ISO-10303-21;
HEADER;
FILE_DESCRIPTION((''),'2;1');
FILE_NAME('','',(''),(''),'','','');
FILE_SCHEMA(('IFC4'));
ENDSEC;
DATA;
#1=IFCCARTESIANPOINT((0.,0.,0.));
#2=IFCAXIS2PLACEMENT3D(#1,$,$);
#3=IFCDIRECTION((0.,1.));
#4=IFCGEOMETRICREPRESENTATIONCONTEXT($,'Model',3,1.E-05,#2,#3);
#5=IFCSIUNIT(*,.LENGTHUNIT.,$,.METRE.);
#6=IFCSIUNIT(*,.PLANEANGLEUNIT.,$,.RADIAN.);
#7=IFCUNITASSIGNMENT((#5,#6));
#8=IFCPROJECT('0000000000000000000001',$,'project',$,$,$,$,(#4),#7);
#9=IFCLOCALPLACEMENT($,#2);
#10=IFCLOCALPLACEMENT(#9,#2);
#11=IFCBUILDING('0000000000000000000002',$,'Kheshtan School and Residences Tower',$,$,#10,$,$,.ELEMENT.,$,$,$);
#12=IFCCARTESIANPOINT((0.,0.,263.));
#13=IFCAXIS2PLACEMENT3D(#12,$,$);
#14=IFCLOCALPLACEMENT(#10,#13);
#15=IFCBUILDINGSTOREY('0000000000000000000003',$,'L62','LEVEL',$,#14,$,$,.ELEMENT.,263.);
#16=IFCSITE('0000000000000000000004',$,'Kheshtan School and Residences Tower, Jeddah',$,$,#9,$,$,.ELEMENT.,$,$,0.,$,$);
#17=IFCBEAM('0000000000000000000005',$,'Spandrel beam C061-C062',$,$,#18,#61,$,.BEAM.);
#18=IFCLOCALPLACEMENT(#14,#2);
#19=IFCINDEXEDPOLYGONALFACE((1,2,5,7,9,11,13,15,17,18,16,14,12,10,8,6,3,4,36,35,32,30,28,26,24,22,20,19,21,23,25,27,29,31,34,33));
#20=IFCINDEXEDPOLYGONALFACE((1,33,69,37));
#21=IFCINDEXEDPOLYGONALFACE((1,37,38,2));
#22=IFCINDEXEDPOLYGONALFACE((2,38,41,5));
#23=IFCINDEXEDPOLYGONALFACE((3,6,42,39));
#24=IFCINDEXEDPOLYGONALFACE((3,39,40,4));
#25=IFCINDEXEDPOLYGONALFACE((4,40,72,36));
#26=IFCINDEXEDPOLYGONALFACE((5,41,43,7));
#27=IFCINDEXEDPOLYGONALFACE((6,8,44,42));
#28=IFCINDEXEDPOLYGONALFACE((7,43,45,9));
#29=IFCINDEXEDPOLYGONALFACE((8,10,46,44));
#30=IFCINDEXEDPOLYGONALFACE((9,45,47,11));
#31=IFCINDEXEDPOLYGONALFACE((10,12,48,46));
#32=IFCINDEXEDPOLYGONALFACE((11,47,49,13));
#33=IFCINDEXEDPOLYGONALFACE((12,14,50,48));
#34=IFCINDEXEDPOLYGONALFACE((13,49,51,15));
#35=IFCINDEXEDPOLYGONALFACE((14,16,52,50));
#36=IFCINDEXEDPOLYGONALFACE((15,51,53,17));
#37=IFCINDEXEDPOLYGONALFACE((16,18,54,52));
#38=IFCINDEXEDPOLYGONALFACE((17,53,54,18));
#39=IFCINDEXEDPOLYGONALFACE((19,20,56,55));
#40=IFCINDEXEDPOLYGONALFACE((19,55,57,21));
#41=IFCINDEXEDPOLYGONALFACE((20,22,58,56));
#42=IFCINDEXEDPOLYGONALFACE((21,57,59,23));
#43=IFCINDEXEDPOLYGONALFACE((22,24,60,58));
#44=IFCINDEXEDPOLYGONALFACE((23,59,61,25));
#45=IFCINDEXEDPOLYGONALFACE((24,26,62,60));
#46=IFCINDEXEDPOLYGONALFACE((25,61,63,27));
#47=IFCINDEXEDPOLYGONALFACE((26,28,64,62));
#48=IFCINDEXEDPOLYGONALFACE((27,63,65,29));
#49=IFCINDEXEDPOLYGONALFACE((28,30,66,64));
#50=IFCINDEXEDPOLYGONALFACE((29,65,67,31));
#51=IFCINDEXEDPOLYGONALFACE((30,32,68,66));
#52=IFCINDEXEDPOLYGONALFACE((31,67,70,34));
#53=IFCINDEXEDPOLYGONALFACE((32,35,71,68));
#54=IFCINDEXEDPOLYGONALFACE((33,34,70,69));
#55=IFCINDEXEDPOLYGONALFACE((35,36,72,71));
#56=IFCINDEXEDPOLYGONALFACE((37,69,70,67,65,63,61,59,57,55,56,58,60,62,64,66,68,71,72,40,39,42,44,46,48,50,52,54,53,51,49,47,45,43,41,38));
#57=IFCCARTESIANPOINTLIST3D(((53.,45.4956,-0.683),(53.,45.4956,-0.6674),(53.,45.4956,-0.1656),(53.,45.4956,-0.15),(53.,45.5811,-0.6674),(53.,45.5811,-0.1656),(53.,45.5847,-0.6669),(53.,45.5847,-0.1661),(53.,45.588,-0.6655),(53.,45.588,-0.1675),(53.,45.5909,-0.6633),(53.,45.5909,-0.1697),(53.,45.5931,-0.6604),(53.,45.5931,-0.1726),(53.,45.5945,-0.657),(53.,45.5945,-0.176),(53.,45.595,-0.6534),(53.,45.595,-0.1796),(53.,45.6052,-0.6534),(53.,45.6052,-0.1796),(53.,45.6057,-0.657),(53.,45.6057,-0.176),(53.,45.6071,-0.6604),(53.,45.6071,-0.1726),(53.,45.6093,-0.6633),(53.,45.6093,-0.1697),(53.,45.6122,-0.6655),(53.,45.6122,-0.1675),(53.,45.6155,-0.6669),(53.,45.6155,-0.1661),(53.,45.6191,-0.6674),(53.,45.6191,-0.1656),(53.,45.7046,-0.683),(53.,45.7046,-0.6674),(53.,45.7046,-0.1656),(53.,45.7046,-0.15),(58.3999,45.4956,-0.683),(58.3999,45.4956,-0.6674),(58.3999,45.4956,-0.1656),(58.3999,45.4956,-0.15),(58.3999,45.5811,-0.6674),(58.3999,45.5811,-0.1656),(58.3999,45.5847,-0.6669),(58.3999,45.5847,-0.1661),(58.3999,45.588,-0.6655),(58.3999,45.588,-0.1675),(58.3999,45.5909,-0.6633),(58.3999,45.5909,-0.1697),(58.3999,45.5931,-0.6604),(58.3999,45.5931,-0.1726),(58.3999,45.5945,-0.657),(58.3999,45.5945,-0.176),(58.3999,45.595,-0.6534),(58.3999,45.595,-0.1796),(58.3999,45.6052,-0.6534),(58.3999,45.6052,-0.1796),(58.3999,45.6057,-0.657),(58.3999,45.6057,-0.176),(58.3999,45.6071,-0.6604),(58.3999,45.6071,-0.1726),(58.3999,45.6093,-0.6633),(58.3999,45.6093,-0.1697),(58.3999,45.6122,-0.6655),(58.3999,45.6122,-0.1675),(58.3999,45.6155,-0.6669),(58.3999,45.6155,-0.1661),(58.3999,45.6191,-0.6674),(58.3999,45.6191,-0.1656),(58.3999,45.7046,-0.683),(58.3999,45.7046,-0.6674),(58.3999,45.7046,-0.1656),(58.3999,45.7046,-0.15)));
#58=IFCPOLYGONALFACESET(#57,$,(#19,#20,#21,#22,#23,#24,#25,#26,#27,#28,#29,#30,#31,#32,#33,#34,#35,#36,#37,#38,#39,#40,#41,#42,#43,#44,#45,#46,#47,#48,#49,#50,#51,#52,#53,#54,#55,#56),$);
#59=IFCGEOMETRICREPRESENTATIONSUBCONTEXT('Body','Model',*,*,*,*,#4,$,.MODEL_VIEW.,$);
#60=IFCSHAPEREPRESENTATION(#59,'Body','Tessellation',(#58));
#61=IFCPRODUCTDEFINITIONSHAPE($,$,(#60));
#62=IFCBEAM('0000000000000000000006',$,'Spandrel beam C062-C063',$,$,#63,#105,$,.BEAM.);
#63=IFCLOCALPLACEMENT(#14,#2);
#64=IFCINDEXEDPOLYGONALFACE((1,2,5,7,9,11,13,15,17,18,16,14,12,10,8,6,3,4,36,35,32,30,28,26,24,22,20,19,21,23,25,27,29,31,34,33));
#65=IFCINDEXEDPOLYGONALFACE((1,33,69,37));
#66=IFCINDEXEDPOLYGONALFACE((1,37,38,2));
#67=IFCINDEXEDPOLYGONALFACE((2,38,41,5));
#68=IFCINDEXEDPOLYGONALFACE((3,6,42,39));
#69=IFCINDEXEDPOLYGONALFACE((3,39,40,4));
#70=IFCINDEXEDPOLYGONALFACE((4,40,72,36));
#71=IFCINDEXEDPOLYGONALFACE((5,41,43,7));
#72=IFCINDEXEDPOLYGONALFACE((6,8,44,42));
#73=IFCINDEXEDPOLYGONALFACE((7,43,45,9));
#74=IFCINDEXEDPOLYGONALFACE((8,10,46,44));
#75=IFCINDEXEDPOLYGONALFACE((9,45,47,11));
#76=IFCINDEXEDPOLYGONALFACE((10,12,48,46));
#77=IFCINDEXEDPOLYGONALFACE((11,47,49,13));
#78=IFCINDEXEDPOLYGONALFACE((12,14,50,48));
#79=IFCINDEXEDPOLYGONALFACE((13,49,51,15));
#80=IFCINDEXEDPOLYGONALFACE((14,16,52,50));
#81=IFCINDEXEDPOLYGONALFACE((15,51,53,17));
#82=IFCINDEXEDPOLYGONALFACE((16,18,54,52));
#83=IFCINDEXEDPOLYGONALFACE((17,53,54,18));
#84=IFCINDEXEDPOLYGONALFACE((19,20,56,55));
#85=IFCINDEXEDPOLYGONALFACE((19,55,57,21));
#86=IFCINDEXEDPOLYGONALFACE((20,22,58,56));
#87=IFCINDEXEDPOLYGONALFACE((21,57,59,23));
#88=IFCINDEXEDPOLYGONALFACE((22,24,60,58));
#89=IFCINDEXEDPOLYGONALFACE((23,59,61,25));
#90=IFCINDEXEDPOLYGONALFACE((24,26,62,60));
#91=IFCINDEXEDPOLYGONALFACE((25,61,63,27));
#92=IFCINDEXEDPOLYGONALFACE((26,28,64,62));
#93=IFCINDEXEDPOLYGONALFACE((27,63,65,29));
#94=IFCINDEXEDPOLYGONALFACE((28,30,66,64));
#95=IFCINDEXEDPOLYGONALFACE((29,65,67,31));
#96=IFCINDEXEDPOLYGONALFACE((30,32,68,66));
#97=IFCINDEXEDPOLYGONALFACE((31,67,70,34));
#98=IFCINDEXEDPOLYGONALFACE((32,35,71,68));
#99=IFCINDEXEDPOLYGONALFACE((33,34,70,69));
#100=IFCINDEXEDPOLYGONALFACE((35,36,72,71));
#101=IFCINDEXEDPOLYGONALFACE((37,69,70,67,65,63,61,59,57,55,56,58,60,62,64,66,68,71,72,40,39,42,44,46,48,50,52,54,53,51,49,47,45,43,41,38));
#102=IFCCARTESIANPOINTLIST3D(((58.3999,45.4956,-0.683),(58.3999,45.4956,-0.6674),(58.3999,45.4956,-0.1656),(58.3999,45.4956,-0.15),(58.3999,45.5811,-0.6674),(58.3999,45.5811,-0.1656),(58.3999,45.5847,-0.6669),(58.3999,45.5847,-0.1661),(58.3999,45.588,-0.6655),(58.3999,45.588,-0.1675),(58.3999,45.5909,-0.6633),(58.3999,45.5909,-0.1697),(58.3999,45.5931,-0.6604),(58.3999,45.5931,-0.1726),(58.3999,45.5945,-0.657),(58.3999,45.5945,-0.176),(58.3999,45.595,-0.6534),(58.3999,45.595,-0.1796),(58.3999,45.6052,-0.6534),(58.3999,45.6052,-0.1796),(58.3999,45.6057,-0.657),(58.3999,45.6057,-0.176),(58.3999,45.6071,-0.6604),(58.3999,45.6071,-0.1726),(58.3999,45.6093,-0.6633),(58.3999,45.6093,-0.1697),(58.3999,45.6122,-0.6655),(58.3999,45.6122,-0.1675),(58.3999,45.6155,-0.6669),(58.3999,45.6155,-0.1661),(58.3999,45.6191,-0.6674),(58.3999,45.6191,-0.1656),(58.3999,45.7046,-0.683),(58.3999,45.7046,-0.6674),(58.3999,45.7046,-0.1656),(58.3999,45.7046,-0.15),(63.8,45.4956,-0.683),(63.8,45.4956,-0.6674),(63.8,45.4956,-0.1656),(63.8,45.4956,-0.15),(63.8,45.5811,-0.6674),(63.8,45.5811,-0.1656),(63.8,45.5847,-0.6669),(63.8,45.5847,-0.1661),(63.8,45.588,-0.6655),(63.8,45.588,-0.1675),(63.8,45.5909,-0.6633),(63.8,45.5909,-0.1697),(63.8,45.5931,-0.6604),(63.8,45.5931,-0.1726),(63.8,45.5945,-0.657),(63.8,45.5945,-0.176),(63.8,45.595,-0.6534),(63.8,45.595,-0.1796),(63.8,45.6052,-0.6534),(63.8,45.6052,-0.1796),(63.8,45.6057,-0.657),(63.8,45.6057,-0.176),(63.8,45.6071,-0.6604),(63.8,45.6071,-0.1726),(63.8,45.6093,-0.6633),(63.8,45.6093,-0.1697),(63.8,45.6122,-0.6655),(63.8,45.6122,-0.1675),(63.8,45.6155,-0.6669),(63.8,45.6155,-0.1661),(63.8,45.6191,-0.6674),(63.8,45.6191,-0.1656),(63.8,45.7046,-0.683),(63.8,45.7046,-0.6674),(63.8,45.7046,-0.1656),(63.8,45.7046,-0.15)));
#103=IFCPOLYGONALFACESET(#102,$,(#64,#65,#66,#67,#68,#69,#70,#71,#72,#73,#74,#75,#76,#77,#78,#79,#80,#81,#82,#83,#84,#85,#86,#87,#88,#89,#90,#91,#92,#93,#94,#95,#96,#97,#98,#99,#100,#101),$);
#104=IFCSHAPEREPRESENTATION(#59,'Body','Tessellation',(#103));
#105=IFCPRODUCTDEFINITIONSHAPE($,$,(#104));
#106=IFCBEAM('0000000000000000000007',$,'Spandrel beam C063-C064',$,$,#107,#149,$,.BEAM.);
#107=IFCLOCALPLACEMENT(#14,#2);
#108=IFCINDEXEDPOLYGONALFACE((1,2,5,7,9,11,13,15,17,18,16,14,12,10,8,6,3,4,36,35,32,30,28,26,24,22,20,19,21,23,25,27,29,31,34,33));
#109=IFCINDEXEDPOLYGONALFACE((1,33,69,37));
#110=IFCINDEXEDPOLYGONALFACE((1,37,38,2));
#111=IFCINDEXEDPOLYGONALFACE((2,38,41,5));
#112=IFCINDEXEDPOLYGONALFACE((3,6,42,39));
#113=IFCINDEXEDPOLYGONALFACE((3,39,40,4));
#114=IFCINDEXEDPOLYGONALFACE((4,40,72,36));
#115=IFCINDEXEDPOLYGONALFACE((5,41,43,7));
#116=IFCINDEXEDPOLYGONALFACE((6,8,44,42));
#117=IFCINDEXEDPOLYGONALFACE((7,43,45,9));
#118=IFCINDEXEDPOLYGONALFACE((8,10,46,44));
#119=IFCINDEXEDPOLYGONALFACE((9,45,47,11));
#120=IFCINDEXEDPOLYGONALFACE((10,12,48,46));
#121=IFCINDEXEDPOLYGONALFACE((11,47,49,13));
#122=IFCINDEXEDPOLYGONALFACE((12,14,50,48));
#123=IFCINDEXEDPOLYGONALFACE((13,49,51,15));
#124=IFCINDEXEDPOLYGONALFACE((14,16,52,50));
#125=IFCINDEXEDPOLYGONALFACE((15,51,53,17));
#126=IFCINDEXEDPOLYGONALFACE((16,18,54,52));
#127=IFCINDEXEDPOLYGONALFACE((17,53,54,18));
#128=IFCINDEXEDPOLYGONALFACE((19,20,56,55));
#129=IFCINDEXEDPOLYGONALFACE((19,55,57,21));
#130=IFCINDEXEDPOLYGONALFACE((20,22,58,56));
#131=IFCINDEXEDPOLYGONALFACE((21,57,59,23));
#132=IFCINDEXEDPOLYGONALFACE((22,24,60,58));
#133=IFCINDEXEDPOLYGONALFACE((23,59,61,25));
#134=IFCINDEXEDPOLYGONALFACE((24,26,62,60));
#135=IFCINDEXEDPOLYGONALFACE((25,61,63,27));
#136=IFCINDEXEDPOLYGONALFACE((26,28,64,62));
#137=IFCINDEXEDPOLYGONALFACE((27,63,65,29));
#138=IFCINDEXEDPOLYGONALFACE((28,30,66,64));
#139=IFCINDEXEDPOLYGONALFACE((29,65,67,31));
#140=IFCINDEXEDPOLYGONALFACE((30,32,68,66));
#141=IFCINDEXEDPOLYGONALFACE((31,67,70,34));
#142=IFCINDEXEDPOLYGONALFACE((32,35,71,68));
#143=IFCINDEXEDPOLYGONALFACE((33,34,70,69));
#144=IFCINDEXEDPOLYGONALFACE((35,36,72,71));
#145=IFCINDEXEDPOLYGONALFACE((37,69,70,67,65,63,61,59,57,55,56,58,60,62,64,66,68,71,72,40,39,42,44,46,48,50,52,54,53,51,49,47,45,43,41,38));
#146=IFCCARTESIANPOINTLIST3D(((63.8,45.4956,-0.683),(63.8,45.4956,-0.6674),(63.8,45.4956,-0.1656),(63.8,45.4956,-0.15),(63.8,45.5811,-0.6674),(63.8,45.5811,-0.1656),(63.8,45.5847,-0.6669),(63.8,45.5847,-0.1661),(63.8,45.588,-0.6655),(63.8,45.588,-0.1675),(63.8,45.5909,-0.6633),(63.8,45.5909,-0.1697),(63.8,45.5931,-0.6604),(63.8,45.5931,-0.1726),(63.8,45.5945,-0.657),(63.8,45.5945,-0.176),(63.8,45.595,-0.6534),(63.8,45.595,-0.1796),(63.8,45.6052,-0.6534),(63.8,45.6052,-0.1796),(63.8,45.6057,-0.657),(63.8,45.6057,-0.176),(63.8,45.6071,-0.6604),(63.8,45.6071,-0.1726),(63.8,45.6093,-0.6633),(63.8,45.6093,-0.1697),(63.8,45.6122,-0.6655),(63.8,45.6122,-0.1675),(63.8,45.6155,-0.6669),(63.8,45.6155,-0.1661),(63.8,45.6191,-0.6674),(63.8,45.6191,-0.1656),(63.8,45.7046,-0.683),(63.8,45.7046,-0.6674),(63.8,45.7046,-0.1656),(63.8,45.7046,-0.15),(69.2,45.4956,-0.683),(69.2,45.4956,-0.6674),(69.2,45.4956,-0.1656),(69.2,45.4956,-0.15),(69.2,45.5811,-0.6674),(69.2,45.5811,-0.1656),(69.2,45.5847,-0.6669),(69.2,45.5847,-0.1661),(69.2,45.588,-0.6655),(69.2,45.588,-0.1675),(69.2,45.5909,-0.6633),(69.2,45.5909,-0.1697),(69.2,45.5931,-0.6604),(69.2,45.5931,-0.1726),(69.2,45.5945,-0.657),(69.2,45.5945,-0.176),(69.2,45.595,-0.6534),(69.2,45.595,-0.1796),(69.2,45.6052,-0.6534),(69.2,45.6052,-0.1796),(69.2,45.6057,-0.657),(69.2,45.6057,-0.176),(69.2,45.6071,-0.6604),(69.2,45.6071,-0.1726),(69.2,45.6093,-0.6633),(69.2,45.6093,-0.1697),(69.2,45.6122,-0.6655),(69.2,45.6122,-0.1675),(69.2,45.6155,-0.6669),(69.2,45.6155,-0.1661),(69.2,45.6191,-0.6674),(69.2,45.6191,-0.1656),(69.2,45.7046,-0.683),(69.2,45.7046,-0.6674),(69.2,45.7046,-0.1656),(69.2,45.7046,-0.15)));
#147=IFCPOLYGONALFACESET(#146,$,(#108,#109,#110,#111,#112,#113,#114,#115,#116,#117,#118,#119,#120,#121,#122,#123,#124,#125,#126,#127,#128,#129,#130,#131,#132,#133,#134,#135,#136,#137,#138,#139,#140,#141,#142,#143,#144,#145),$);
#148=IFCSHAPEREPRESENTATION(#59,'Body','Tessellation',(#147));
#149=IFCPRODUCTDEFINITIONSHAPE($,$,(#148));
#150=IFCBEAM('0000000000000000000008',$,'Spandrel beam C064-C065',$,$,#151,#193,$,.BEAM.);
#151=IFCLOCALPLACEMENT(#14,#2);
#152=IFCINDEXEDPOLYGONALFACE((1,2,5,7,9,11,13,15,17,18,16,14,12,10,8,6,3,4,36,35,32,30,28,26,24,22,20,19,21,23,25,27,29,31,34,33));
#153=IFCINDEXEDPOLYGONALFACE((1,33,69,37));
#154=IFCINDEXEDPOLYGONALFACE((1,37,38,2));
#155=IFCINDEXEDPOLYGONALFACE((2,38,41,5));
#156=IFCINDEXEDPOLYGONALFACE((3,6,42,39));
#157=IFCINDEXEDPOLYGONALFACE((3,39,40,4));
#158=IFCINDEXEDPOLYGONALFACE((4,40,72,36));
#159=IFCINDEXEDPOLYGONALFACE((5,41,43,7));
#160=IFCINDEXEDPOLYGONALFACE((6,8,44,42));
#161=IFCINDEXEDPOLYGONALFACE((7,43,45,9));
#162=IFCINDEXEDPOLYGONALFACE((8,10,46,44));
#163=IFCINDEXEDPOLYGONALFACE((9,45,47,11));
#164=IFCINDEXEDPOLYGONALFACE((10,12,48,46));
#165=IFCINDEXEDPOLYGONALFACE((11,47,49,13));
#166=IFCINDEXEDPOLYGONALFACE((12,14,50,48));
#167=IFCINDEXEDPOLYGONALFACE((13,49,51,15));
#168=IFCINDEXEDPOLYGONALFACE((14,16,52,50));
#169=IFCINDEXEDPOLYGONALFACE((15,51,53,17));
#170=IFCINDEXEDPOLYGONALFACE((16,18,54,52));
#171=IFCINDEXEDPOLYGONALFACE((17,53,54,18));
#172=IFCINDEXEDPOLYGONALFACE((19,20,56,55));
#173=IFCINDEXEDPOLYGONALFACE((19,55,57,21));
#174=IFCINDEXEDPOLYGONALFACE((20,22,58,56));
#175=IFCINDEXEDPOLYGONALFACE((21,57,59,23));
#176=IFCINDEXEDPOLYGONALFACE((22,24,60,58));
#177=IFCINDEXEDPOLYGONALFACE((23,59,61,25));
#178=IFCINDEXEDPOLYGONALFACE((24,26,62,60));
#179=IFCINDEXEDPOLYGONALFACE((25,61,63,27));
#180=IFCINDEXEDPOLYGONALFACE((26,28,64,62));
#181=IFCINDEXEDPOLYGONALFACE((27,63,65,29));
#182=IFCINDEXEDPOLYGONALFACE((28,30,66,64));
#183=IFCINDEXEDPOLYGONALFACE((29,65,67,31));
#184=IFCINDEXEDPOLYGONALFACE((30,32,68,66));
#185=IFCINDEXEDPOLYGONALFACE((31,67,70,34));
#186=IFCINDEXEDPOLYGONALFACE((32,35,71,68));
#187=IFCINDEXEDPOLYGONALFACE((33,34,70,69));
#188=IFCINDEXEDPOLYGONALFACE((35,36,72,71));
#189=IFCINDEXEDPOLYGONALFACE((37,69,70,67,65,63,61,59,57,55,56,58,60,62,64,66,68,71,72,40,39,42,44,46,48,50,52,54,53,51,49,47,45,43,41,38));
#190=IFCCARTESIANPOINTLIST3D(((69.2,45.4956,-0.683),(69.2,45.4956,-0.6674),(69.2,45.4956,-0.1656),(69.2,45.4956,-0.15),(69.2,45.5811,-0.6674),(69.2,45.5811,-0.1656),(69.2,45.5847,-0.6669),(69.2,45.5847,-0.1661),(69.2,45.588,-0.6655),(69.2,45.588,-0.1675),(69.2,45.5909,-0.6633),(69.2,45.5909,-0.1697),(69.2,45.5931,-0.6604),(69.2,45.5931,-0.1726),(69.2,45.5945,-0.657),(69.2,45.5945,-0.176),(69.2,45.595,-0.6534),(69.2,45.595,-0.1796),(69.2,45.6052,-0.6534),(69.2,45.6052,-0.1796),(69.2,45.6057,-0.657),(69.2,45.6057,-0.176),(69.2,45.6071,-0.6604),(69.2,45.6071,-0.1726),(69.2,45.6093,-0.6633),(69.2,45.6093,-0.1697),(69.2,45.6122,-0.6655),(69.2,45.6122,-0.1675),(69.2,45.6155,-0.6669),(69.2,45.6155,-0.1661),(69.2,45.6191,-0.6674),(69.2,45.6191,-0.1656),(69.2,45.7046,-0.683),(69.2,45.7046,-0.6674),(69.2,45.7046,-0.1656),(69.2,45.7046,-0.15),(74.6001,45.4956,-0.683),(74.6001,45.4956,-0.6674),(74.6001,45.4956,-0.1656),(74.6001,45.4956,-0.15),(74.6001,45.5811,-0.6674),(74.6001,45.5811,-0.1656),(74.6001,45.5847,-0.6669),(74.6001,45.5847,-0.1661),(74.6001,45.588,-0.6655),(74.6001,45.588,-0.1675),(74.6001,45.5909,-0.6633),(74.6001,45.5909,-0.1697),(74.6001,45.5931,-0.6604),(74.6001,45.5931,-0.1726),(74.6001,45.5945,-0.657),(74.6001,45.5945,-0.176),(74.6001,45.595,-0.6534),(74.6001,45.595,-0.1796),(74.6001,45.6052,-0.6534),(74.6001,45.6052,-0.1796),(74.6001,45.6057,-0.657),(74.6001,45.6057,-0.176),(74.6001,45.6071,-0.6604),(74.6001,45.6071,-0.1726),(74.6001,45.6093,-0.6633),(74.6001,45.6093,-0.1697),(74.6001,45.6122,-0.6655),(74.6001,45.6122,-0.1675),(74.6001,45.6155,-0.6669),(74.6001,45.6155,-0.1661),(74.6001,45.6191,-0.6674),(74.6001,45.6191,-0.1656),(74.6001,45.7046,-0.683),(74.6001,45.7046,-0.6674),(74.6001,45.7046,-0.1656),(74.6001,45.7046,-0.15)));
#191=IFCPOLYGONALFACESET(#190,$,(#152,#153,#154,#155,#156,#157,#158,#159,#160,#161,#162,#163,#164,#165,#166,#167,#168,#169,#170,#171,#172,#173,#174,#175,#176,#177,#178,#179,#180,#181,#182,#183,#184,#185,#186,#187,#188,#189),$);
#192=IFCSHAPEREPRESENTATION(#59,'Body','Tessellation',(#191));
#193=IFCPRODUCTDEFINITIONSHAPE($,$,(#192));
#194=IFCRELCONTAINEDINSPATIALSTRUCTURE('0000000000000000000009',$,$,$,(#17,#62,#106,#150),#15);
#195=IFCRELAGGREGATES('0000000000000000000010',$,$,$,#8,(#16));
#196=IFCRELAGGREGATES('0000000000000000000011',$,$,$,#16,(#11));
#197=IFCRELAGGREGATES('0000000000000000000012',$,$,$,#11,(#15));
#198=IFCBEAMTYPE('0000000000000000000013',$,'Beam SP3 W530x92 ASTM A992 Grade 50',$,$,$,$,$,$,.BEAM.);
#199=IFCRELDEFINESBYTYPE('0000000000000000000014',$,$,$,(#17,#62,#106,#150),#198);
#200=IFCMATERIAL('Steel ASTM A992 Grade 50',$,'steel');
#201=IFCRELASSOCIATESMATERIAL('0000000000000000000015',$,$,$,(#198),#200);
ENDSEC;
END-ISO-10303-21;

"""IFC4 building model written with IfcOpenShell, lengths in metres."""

from ifc_helpers import new_model, si_unit, direction, frame, origin, origin_2d, place, context, subcontext, project, spatial, i_section, extrude, material, material_profile, profile_set, type_object, element, save


model = new_model("IFC4")

# Units and contexts
model_context = context("Model", 3, precision=1e-05, world=origin(), true_north=direction((0.0, 1.0)))
body_context = subcontext(model_context, "Body", "Model", "MODEL_VIEW")
ifc_project = project(units=[si_unit("LENGTHUNIT", "METRE"), si_unit("PLANEANGLEUNIT", "RADIAN")], contexts=[model_context])

# Site, building, storey
site_placement = place(None, origin())
site = spatial("IfcSite", under=ifc_project, at=site_placement, Name="Kheshtan School and Residences Tower, Jeddah", CompositionType="ELEMENT", RefElevation=0.0)
building_placement = place(site_placement, origin())
building = spatial("IfcBuilding", under=site, at=building_placement, Name="Kheshtan School and Residences Tower", CompositionType="ELEMENT")
storey_placement = place(building_placement, frame((0.0, 0.0, 263.0)))
storey = spatial("IfcBuildingStorey", under=building, at=storey_placement, Name="L62", Description="LEVEL", CompositionType="ELEMENT", Elevation=263.0)

# Shared definitions
ifc_material_1 = material(Name="Steel ASTM A992 Grade 50", Category="steel")

# Beams
ifc_material_profile_1 = material_profile(ifc_material_1, i_section(OverallWidth=0.209, OverallDepth=0.533, WebThickness=0.0103, FlangeThickness=0.0156, FilletRadius=0.0139, at=origin_2d()), Name="W530x92")
ifc_profile_set_1 = profile_set([ifc_material_profile_1], Name="Steel ASTM A992 Grade 50")
beam_type_1 = type_object("IfcBeamType", Name="Beam SP3 W530x92 ASTM A992 Grade 50", PredefinedType="BEAM", material=ifc_profile_set_1)
beam_1_placement = place(storey_placement, frame((53.0, 45.6001, -0.4165), z_axis=(1.0, 0.0, 0.0), x_axis=(0.0, 1.0, 0.0)))
element("IfcBeam", 1, at=beam_1_placement, inside=storey, type_object=beam_type_1, Name="Spandrel beam C061-C062", PredefinedType="BEAM", context=body_context, shape_type="SweptSolid", body=[
    extrude(i_section(OverallWidth=0.209, OverallDepth=0.533, WebThickness=0.0103, FlangeThickness=0.0156, FilletRadius=0.0139, at=origin_2d()), origin(), (0.0, 0.0, 1.0), 5.3999),
])
beam_2_placement = place(storey_placement, frame((58.3999, 45.6001, -0.4165), z_axis=(1.0, 0.0, 0.0), x_axis=(0.0, 1.0, 0.0)))
element("IfcBeam", 2, at=beam_2_placement, inside=storey, type_object=beam_type_1, Name="Spandrel beam C062-C063", PredefinedType="BEAM", context=body_context, shape_type="SweptSolid", body=[
    extrude(i_section(OverallWidth=0.209, OverallDepth=0.533, WebThickness=0.0103, FlangeThickness=0.0156, FilletRadius=0.0139, at=origin_2d()), origin(), (0.0, 0.0, 1.0), 5.4001),
])
beam_3_placement = place(storey_placement, frame((63.8, 45.6001, -0.4165), z_axis=(1.0, 0.0, 0.0), x_axis=(0.0, 1.0, 0.0)))
element("IfcBeam", 3, at=beam_3_placement, inside=storey, type_object=beam_type_1, Name="Spandrel beam C063-C064", PredefinedType="BEAM", context=body_context, shape_type="SweptSolid", body=[
    extrude(i_section(OverallWidth=0.209, OverallDepth=0.533, WebThickness=0.0103, FlangeThickness=0.0156, FilletRadius=0.0139, at=origin_2d()), origin(), (0.0, 0.0, 1.0), 5.3999),
])
beam_4_placement = place(storey_placement, frame((69.2, 45.6001, -0.4165), z_axis=(1.0, 0.0, 0.0), x_axis=(0.0, 1.0, 0.0)))
element("IfcBeam", 4, at=beam_4_placement, inside=storey, type_object=beam_type_1, Name="Spandrel beam C064-C065", PredefinedType="BEAM", context=body_context, shape_type="SweptSolid", body=[
    extrude(i_section(OverallWidth=0.209, OverallDepth=0.533, WebThickness=0.0103, FlangeThickness=0.0156, FilletRadius=0.0139, at=origin_2d()), origin(), (0.0, 0.0, 1.0), 5.4001),
])

save(model, "model.ifc")
